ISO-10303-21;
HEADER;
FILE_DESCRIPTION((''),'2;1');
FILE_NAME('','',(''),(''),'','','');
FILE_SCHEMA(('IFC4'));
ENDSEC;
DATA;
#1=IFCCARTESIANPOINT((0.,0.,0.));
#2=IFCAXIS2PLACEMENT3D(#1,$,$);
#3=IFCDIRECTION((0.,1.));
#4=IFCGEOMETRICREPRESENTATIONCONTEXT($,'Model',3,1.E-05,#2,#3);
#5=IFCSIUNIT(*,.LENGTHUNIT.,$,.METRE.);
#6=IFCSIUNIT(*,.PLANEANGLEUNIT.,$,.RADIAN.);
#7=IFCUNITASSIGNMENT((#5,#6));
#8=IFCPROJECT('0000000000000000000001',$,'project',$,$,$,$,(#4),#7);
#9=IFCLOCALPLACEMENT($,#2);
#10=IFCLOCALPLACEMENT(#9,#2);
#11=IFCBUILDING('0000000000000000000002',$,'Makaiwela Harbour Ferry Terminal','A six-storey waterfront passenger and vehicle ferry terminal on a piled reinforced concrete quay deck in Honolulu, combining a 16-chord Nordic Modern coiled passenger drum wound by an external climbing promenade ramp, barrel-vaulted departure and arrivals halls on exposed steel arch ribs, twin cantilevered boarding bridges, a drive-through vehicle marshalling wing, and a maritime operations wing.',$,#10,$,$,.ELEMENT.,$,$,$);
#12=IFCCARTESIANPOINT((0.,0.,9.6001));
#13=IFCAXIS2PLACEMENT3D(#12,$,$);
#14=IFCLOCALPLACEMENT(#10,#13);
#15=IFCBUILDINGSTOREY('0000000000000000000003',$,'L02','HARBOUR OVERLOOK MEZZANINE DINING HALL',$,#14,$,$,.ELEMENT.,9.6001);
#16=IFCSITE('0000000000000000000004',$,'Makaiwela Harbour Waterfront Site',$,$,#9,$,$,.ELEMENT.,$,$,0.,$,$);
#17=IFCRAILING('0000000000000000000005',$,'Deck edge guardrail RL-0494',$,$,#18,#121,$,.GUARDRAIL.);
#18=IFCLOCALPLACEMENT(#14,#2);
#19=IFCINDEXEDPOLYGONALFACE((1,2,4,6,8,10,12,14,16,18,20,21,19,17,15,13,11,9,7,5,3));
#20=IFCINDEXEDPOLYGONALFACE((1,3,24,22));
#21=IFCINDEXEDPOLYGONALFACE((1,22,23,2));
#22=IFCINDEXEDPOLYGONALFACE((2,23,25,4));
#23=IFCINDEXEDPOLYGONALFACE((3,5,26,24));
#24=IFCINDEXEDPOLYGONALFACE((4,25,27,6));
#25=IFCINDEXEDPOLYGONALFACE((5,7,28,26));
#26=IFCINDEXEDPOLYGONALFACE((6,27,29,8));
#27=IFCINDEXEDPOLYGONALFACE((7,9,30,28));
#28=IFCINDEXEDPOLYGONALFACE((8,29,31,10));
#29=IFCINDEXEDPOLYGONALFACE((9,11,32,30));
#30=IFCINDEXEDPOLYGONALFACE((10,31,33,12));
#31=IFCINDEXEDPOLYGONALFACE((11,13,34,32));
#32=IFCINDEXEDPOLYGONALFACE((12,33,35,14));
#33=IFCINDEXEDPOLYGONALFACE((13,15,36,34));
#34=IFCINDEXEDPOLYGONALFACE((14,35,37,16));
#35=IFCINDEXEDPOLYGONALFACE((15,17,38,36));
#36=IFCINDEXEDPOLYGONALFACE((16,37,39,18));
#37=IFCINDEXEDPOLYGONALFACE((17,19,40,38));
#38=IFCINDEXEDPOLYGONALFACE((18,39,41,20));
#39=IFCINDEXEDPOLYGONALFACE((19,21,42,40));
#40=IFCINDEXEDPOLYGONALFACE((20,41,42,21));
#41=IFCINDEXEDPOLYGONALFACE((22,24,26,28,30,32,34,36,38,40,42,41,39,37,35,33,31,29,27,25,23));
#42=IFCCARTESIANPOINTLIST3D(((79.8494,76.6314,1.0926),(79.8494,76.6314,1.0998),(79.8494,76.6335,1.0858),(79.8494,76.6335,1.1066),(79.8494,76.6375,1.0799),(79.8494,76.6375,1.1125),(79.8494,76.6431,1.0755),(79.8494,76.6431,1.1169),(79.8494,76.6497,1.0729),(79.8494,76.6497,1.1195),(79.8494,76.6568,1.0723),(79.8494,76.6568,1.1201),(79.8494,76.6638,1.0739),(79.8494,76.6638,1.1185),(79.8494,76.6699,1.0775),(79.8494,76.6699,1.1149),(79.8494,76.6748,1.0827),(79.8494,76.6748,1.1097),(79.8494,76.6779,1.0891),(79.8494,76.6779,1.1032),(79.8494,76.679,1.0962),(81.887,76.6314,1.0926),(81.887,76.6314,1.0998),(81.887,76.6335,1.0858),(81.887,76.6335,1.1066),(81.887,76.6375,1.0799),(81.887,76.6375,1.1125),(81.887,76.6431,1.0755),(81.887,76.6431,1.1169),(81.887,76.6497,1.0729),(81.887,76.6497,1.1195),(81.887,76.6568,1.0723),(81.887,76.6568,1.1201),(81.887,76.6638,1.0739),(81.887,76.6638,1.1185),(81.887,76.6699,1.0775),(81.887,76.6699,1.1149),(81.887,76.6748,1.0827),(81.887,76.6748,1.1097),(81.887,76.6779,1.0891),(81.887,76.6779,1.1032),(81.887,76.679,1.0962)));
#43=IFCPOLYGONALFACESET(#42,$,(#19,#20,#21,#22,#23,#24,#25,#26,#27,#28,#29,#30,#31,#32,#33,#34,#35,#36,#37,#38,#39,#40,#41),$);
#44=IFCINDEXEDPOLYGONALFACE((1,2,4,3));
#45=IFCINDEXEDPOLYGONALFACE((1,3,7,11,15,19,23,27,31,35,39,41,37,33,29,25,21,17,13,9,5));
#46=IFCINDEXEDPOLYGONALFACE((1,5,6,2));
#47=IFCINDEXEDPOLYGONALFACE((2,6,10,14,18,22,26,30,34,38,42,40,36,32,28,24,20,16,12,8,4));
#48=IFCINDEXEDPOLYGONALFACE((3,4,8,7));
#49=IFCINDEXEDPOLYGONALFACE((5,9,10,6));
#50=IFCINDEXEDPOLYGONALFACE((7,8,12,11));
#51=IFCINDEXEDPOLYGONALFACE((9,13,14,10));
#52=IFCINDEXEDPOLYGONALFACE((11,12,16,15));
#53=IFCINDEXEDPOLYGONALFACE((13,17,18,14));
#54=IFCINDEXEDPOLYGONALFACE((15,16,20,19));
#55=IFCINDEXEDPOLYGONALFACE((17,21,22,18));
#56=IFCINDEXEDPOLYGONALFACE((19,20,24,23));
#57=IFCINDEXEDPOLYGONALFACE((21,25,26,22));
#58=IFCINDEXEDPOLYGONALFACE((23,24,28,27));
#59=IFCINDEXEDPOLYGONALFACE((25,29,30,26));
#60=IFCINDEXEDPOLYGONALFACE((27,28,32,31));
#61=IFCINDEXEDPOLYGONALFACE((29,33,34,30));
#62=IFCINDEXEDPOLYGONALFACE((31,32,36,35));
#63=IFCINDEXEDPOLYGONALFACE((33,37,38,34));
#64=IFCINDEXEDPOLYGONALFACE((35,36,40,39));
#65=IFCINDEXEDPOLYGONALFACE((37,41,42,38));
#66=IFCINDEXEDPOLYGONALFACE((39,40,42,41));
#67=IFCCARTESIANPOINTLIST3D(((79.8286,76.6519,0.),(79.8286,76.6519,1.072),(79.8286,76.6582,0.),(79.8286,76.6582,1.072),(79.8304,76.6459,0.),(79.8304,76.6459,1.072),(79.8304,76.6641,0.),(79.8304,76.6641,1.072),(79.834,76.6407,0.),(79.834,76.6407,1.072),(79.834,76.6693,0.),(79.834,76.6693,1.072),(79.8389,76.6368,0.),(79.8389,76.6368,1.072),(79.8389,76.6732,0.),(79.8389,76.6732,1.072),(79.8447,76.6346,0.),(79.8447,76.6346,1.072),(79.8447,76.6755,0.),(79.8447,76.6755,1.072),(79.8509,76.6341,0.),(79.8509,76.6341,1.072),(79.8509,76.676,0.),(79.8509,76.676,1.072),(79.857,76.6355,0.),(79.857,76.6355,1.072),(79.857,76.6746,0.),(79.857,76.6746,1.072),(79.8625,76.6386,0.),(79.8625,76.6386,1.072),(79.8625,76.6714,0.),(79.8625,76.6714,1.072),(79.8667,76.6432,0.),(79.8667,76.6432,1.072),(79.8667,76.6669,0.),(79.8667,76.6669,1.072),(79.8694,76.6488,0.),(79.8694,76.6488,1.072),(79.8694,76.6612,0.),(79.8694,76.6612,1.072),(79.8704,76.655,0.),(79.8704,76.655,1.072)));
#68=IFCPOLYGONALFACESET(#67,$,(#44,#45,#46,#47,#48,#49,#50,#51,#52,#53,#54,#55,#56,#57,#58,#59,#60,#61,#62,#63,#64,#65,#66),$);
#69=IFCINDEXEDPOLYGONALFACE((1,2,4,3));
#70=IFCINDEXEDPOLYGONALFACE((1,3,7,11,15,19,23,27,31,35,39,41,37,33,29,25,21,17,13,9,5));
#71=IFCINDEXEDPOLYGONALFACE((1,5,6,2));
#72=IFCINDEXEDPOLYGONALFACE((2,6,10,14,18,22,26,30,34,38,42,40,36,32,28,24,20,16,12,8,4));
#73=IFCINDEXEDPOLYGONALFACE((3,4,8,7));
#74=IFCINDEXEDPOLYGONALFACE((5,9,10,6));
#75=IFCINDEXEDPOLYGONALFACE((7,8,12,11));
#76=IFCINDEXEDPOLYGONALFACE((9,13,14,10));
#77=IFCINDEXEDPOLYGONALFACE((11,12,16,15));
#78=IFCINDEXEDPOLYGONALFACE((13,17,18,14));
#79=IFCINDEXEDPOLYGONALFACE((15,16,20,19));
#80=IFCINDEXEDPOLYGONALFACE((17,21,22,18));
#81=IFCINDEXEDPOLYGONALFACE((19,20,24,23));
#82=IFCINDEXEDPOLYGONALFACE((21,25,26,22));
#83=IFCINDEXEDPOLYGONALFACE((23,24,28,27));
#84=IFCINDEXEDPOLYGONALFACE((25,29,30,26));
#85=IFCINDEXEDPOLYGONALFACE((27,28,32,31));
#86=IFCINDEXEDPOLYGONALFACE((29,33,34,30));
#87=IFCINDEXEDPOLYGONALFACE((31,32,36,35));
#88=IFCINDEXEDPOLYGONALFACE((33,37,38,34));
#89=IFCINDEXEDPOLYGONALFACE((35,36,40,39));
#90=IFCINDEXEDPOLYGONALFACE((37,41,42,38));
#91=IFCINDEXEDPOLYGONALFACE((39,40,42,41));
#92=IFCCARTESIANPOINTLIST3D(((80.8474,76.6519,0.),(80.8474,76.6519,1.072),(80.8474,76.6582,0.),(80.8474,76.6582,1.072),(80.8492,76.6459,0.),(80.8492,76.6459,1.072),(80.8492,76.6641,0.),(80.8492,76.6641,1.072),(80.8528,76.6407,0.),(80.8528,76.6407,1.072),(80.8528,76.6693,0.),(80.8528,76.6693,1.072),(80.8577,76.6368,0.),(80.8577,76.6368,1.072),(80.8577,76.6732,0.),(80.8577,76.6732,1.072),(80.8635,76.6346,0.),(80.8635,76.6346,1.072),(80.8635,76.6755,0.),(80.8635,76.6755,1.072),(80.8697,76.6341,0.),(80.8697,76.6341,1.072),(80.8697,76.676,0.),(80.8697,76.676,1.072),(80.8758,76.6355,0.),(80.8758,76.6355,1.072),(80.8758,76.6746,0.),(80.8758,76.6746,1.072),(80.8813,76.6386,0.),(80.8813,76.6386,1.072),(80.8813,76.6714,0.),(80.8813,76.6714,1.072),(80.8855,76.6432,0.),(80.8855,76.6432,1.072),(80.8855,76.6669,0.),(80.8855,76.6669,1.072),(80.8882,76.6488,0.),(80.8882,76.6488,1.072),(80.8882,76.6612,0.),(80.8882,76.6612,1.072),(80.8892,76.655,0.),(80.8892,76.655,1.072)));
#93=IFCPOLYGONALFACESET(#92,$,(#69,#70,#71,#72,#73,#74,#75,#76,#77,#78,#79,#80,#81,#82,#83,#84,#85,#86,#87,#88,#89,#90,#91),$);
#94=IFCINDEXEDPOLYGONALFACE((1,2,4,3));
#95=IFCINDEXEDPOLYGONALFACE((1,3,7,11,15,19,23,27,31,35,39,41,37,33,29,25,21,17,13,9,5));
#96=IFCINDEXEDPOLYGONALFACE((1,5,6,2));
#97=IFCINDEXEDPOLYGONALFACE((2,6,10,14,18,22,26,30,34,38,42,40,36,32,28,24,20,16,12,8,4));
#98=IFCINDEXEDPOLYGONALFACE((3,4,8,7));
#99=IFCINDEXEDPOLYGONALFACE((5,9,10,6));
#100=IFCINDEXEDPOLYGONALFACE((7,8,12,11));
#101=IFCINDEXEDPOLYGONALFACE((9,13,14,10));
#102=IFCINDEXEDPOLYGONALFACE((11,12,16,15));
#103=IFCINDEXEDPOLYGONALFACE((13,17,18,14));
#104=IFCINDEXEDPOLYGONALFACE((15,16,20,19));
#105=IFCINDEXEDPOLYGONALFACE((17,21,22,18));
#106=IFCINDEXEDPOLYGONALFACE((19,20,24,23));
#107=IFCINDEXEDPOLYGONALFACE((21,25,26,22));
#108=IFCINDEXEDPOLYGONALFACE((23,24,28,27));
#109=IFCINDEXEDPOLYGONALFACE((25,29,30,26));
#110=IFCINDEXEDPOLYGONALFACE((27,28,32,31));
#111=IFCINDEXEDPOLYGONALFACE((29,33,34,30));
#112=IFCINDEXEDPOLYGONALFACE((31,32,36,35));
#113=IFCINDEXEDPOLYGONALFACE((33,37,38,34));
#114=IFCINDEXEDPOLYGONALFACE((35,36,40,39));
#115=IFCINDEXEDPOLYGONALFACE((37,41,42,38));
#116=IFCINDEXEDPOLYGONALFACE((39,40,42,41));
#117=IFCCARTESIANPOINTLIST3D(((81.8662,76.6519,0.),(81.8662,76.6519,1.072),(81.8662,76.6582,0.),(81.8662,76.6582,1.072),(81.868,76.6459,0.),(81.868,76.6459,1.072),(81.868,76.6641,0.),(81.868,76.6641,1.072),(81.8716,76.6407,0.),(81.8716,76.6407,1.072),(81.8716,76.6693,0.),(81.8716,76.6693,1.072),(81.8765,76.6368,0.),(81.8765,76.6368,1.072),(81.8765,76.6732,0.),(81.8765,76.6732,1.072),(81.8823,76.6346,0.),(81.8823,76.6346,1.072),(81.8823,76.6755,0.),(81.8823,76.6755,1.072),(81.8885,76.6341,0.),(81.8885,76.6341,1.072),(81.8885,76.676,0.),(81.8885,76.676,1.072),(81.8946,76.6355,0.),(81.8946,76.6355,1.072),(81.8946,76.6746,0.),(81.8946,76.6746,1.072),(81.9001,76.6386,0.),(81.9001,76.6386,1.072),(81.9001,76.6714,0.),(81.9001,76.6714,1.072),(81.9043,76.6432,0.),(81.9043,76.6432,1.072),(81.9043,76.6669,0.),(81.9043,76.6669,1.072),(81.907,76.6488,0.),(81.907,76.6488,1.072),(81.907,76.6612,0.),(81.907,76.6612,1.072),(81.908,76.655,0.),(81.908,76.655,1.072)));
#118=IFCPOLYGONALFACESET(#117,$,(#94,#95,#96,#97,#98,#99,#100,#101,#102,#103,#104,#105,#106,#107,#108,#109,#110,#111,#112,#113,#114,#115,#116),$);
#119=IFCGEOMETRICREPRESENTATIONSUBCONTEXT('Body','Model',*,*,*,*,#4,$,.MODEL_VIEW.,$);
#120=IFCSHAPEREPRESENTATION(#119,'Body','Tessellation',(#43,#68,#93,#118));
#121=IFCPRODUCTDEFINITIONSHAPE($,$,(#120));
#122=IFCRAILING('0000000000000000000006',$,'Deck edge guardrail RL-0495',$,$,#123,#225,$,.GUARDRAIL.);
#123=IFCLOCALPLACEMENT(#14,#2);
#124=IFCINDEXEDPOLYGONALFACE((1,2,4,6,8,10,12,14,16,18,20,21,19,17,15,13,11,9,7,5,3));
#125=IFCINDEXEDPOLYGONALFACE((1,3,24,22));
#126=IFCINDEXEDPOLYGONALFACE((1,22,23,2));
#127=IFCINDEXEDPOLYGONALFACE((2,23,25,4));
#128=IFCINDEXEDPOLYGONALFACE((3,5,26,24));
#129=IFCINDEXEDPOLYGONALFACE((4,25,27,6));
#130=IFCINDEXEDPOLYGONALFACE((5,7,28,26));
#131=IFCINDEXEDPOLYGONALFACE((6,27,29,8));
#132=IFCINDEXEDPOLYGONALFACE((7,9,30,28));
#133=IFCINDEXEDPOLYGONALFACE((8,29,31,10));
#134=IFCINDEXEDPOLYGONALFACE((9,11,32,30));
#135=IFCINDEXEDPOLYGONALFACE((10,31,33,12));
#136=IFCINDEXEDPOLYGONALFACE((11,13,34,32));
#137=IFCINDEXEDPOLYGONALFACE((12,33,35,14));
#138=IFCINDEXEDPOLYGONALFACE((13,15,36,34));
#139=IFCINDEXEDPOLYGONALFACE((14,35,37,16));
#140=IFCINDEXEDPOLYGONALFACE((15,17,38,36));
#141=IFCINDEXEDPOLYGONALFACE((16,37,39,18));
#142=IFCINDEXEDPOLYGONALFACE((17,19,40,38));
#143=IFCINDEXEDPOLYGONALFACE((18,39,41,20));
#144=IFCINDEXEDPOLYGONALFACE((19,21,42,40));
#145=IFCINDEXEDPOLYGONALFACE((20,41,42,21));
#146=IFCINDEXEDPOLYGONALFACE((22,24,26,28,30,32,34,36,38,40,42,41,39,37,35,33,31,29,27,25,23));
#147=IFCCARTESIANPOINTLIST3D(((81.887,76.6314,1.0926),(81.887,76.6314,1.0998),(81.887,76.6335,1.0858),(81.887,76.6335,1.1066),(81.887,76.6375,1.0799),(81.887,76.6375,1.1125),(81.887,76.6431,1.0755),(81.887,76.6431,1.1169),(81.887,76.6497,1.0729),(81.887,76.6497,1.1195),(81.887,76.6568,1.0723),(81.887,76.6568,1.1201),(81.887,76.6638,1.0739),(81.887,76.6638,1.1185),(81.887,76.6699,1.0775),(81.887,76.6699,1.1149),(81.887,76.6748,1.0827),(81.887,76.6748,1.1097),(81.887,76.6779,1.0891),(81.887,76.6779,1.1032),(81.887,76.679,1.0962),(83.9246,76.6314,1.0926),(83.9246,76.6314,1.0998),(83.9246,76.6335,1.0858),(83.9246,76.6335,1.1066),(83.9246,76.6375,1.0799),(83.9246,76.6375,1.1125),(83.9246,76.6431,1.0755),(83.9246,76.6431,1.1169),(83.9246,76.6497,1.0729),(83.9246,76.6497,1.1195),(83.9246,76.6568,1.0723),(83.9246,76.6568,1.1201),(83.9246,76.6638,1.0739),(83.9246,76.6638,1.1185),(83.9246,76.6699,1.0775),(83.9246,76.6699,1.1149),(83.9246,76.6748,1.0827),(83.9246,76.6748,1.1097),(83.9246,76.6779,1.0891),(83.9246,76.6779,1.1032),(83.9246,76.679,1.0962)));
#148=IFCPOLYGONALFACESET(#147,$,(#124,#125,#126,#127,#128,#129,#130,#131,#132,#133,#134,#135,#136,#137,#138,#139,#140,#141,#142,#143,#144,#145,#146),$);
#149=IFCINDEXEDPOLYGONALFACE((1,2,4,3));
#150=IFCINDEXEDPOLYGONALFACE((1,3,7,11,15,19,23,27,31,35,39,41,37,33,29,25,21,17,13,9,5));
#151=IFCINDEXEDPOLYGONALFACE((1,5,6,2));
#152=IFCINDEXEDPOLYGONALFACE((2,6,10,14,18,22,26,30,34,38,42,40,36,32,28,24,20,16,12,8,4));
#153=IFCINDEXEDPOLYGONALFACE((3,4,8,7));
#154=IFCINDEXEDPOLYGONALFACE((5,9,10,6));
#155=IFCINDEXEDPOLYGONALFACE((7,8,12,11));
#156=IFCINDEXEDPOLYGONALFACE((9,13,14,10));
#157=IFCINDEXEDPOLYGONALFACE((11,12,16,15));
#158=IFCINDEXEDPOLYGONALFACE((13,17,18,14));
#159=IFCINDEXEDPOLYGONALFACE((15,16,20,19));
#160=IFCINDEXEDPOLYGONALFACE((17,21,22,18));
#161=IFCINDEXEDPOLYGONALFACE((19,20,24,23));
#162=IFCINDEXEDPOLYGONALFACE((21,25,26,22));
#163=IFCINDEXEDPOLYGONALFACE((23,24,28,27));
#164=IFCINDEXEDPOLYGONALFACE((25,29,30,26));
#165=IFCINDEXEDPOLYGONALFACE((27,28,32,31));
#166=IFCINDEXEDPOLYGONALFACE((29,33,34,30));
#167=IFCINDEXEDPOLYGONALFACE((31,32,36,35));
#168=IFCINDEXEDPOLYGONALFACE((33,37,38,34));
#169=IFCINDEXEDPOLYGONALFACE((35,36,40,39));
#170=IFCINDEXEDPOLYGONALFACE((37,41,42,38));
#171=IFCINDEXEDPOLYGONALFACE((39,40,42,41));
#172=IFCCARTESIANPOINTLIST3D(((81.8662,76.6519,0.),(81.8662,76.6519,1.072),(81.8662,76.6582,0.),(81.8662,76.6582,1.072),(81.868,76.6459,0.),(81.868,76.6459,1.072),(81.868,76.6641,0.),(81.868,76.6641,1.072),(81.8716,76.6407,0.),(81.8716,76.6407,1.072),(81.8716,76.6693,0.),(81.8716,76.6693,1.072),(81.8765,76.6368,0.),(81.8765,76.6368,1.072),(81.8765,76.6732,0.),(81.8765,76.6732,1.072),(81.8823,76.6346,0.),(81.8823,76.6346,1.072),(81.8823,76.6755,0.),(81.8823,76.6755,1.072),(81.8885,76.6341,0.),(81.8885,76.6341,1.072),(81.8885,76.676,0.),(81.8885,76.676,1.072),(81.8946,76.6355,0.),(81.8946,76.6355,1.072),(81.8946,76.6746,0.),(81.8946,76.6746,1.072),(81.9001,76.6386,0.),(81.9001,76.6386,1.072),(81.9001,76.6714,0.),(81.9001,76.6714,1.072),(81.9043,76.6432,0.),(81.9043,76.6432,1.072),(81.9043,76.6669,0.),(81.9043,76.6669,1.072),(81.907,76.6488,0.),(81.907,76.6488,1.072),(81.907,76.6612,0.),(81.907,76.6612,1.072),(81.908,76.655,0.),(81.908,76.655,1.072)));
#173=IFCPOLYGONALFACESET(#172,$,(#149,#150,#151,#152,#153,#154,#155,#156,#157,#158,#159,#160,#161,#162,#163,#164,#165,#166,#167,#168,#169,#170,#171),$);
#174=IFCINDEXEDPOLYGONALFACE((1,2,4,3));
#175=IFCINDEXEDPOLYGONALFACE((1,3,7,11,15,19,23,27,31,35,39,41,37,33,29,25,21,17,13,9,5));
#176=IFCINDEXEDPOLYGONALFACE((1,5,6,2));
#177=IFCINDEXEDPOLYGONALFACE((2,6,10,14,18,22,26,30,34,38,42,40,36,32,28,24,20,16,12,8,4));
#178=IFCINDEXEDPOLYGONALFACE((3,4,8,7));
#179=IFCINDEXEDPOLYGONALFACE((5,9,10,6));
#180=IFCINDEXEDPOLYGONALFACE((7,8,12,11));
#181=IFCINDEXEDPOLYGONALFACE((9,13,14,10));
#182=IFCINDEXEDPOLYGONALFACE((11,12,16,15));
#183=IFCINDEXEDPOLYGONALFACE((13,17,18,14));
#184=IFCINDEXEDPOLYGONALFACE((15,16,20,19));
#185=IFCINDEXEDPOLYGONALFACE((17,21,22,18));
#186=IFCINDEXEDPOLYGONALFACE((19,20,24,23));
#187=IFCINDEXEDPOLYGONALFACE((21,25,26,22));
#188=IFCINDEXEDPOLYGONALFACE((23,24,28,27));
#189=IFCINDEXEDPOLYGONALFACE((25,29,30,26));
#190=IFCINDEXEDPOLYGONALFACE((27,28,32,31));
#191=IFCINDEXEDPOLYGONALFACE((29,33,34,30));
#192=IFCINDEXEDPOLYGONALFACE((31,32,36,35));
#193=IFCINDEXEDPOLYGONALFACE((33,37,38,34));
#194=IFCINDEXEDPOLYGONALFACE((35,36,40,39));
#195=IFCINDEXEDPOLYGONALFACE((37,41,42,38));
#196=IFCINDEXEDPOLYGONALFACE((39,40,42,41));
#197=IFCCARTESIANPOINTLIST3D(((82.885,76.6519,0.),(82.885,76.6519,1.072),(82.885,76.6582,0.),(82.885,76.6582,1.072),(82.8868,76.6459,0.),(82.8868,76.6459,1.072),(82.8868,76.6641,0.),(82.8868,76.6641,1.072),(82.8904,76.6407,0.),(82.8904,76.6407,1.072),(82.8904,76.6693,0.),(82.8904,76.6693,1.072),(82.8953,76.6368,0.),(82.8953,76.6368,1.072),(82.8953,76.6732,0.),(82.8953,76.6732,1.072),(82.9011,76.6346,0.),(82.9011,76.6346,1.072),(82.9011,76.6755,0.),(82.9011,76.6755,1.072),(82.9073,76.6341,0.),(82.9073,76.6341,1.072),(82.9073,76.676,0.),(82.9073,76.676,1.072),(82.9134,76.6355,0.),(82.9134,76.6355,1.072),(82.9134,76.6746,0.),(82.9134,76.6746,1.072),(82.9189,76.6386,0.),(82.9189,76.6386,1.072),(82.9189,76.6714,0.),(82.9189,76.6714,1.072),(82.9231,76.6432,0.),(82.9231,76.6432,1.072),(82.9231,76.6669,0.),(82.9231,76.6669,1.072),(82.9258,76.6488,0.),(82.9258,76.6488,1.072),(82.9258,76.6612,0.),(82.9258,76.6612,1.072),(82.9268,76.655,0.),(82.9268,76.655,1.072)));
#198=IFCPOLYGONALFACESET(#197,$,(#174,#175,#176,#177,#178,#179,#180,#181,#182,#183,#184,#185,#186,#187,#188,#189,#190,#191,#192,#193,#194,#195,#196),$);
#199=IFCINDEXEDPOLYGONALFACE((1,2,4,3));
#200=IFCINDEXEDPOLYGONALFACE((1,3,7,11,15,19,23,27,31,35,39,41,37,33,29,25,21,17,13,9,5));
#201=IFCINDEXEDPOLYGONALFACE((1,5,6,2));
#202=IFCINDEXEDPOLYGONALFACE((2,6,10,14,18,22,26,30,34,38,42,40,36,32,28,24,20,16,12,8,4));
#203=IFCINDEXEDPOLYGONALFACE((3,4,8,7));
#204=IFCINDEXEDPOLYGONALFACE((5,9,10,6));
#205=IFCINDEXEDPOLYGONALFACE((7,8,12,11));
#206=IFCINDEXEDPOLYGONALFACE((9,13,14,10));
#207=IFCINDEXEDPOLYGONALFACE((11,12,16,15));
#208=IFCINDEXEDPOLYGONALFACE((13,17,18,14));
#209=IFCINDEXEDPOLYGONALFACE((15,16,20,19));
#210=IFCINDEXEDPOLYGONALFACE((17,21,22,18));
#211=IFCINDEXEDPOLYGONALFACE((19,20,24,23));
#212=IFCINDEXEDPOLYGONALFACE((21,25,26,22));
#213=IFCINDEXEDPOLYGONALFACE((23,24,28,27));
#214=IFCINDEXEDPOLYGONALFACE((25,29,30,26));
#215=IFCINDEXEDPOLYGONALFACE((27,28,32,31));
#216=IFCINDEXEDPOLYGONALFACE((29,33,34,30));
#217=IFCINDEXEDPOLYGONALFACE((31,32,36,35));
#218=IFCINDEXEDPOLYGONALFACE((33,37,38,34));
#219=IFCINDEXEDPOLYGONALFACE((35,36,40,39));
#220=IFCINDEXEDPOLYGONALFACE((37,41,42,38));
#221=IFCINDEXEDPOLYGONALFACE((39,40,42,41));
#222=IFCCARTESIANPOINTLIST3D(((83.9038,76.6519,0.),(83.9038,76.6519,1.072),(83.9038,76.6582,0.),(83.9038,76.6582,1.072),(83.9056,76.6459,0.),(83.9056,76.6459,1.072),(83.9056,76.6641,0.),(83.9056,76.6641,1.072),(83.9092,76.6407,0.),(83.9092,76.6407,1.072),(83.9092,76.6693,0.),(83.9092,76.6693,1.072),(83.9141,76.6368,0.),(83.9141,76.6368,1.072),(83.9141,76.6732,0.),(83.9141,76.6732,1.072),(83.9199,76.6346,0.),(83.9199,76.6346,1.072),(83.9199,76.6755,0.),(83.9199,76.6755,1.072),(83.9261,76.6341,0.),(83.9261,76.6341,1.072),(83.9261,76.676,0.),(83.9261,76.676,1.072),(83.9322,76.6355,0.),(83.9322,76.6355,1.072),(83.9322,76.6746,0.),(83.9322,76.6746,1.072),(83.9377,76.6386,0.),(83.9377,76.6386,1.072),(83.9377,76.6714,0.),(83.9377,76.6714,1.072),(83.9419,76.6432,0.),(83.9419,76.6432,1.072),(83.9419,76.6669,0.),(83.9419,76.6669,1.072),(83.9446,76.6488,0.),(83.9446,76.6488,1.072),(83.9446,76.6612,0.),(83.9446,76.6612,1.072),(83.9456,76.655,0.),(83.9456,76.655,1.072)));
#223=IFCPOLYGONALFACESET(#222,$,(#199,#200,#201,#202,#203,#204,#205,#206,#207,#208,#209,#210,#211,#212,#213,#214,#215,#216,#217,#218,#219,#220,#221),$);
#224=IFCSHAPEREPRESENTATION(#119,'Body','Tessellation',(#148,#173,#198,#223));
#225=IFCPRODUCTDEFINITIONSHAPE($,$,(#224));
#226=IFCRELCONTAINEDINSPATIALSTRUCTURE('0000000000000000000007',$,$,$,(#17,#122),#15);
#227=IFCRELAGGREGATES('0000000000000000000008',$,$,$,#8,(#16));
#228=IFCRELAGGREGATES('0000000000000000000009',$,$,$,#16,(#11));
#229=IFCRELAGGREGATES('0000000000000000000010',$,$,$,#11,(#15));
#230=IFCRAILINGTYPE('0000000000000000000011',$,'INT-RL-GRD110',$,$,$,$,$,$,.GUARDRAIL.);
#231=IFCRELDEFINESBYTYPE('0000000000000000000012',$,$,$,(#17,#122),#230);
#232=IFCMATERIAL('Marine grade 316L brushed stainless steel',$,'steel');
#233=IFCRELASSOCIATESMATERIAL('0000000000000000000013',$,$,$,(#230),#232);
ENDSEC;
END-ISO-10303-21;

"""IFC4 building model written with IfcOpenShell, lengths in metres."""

from ifc_helpers import new_model, si_unit, direction, frame, origin, origin_2d, place, context, subcontext, project, spatial, circle, extrude, material, type_object, element, save


model = new_model("IFC4")

# Units and contexts
model_context = context("Model", 3, precision=1e-05, world=origin(), true_north=direction((0.0, 1.0)))
body_context = subcontext(model_context, "Body", "Model", "MODEL_VIEW")
ifc_project = project(units=[si_unit("LENGTHUNIT", "METRE"), si_unit("PLANEANGLEUNIT", "RADIAN")], contexts=[model_context])

# Site, building, storey
site_placement = place(None, origin())
site = spatial("IfcSite", under=ifc_project, at=site_placement, Name="Makaiwela Harbour Waterfront Site", CompositionType="ELEMENT", RefElevation=0.0)
building_placement = place(site_placement, origin())
building = spatial("IfcBuilding", under=site, at=building_placement, Name="Makaiwela Harbour Ferry Terminal", Description="A six-storey waterfront passenger and vehicle ferry terminal on a piled reinforced concrete quay deck in Honolulu, combining a 16-chord Nordic Modern coiled passenger drum wound by an external climbing promenade ramp, barrel-vaulted departure and arrivals halls on exposed steel arch ribs, twin cantilevered boarding bridges, a drive-through vehicle marshalling wing, and a maritime operations wing.", CompositionType="ELEMENT")
storey_placement = place(building_placement, frame((0.0, 0.0, 9.6001)))
storey = spatial("IfcBuildingStorey", under=building, at=storey_placement, Name="L02", Description="HARBOUR OVERLOOK MEZZANINE DINING HALL", CompositionType="ELEMENT", Elevation=9.6001)

# Railings
ifc_material_1 = material(Name="Marine grade 316L brushed stainless steel", Category="steel")
railing_type = type_object("IfcRailingType", Name="INT-RL-GRD110", PredefinedType="GUARDRAIL", material=ifc_material_1)
for number, where, name in (
    (1, (79.8494, 76.655, 0.0), "Deck edge guardrail RL-0494"),
    (2, (81.887, 76.655, 0.0), "Deck edge guardrail RL-0495"),
):
    element("IfcRailing", number, at=place(storey_placement, frame(where)), inside=storey, type_object=railing_type, Name=name, PredefinedType="GUARDRAIL", context=body_context, shape_type="SweptSolid", body=[
        extrude(circle(Radius=0.0239, at=origin_2d()), frame((0.0, 0.0, 1.0962), z_axis=(1.0, 0.0, 0.0), x_axis=(0.0, 1.0, 0.0)), (0.0, 0.0, 1.0), 2.0376),
        extrude(circle(Radius=0.021, at=origin_2d()), origin(), (0.0, 0.0, 1.0), 1.072),
        extrude(circle(Radius=0.021, at=origin_2d()), frame((1.0188, 0.0, 0.0)), (0.0, 0.0, 1.0), 1.072),
        extrude(circle(Radius=0.021, at=origin_2d()), frame((2.0376, 0.0, 0.0)), (0.0, 0.0, 1.0), 1.072),
    ])

save(model, "model.ifc")
